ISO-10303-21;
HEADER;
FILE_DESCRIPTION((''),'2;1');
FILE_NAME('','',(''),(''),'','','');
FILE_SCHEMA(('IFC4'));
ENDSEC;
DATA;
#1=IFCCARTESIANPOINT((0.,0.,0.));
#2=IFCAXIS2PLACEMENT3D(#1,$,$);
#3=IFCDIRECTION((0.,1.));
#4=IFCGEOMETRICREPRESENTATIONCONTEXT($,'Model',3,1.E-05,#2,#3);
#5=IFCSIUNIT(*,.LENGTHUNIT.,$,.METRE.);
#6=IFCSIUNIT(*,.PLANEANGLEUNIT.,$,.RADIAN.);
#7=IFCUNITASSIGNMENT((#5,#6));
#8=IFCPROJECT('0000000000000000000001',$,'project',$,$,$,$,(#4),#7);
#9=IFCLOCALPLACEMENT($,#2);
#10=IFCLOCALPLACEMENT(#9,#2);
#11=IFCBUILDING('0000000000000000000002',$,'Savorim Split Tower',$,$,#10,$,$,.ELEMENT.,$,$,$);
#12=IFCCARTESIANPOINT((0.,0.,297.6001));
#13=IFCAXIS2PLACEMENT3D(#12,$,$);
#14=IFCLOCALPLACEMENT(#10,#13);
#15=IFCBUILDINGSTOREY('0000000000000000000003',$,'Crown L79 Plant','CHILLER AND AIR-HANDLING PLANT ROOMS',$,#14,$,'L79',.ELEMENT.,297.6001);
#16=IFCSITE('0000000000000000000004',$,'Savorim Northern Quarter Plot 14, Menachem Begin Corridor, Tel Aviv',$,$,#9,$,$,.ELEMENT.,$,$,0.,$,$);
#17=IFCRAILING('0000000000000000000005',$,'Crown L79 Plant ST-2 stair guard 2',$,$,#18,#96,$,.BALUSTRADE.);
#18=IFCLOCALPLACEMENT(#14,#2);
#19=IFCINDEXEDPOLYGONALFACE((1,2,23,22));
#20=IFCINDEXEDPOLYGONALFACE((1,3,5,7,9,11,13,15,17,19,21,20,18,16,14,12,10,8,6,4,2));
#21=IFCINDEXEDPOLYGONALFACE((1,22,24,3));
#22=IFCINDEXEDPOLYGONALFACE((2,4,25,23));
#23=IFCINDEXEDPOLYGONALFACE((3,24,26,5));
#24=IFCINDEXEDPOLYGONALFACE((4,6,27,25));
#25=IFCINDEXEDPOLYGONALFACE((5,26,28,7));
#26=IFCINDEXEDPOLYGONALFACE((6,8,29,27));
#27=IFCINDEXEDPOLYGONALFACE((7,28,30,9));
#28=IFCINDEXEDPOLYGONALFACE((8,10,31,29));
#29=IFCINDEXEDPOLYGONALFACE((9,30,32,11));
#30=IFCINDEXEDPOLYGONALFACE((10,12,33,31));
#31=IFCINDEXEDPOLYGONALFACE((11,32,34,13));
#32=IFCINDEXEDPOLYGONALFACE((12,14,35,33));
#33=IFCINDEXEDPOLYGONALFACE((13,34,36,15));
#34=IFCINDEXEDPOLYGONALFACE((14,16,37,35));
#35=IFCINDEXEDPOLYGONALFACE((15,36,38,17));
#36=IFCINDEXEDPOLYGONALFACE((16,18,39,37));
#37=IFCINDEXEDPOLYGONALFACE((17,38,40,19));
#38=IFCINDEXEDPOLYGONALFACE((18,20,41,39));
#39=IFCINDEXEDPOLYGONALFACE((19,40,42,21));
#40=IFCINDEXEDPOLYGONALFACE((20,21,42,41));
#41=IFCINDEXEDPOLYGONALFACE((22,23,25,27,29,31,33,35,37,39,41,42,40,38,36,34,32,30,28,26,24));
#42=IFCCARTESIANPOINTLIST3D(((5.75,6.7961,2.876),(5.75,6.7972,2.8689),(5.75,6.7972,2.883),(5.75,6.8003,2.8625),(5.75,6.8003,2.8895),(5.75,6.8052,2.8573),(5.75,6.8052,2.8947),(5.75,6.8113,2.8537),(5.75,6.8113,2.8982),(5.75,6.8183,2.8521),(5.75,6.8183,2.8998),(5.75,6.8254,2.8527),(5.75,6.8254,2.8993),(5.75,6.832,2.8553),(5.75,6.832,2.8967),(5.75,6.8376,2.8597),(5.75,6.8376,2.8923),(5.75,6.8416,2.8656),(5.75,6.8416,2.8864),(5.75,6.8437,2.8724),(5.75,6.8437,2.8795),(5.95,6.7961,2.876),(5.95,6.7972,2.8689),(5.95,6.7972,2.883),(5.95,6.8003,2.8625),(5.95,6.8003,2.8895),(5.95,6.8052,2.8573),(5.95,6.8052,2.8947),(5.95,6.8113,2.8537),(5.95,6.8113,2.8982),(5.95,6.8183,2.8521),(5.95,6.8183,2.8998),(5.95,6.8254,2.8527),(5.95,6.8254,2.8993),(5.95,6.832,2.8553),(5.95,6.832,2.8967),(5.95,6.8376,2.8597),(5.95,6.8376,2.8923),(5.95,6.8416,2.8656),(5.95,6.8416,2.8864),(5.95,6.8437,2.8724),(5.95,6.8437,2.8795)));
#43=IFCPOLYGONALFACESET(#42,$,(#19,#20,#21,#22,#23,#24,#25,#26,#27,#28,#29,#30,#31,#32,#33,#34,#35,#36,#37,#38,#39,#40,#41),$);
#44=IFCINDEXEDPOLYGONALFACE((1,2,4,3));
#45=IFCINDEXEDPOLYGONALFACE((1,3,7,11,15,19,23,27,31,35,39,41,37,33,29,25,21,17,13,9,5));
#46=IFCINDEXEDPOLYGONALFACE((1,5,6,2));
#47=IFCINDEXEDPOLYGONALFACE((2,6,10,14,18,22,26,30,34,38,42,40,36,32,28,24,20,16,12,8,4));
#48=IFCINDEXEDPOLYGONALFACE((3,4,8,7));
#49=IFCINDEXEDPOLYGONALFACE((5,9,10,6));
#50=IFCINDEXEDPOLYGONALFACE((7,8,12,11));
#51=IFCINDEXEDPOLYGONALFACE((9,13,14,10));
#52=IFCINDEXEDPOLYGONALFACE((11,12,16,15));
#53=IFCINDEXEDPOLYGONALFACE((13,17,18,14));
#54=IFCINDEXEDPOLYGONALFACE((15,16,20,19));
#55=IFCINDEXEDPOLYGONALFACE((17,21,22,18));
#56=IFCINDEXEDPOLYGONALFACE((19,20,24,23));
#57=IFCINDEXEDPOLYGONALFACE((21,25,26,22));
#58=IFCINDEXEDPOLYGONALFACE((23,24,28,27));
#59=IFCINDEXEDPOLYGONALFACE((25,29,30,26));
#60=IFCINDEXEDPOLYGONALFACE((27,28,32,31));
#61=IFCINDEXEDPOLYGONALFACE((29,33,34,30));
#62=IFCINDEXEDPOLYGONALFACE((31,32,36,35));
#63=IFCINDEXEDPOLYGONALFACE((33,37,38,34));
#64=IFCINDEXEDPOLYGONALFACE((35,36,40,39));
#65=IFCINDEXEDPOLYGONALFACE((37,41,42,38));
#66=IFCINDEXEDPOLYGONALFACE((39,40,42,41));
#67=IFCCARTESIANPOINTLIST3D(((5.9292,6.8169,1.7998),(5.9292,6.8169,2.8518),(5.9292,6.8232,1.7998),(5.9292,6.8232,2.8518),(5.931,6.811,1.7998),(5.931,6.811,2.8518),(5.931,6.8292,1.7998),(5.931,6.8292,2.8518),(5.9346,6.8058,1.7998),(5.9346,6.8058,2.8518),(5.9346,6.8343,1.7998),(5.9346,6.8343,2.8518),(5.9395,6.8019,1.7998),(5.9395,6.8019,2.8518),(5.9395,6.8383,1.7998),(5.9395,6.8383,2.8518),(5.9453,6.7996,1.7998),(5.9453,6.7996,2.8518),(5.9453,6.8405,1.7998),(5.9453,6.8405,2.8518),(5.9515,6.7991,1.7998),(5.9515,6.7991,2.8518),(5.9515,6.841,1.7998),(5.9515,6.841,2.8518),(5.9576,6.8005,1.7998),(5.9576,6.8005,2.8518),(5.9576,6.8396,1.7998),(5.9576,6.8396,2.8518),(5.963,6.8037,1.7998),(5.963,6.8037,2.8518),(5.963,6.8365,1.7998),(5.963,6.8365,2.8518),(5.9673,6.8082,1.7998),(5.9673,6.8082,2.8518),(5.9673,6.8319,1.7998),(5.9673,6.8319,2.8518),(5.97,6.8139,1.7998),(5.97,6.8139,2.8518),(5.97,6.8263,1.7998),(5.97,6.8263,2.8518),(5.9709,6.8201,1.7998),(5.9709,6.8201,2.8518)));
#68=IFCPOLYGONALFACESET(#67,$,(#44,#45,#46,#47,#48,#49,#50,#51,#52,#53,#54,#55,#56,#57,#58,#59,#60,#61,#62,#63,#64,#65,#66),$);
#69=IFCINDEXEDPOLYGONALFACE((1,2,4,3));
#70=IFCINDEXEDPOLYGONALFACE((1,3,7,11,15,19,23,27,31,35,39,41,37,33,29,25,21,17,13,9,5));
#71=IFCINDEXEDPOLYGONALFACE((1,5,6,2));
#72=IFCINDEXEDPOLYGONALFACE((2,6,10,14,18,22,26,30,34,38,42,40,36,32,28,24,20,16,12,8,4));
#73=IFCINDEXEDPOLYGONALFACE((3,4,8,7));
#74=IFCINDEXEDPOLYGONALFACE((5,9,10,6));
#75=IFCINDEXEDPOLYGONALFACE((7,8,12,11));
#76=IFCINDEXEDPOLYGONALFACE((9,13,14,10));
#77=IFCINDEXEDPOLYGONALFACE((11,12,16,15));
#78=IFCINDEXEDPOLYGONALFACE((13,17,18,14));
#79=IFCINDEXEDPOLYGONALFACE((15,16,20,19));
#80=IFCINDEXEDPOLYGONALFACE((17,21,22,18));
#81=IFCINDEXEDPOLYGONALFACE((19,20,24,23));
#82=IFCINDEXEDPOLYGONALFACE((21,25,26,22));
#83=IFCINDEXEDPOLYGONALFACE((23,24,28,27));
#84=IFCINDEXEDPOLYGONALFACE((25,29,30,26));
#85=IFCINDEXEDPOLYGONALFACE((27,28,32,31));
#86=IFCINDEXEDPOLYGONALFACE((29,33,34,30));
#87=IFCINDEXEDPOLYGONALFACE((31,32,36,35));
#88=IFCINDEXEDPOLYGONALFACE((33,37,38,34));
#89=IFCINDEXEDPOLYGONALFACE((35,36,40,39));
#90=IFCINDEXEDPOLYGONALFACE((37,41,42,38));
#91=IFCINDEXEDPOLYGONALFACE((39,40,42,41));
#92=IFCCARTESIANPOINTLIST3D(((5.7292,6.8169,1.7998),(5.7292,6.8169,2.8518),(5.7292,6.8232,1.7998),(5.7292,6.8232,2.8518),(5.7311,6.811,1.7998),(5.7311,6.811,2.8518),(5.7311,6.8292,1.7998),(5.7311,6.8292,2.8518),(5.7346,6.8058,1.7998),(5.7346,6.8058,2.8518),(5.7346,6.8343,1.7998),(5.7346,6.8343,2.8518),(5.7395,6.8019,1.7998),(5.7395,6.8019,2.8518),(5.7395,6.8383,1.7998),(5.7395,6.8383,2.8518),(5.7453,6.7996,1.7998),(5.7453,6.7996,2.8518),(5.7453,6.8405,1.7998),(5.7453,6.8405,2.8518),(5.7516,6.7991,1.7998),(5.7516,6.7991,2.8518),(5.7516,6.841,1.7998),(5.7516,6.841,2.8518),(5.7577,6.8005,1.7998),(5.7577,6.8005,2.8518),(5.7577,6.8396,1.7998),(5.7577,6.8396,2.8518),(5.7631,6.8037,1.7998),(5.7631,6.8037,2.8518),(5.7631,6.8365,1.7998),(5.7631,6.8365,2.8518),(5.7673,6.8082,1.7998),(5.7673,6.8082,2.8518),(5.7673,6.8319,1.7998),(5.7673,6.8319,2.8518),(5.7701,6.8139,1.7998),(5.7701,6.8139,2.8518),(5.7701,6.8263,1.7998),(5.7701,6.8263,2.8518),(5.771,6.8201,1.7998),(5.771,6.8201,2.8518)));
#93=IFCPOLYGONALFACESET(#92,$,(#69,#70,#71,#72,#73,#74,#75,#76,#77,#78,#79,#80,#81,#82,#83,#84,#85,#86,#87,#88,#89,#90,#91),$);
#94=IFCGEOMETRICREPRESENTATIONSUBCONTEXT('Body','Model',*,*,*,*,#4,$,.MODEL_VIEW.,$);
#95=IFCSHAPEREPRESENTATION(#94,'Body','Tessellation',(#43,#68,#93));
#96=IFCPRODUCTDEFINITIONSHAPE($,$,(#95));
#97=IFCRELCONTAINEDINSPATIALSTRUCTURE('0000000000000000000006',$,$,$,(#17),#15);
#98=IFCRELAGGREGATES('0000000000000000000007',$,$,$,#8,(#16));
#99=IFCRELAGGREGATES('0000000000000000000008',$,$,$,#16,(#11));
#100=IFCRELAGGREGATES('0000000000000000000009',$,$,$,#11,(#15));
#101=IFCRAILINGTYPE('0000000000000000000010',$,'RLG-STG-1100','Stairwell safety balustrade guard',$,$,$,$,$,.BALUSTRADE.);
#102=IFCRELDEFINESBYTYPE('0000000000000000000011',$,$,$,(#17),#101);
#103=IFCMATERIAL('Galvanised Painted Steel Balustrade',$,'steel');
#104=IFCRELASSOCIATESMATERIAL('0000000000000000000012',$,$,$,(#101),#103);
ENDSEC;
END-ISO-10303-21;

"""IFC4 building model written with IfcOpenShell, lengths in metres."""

from ifc_helpers import new_model, si_unit, direction, frame, origin, origin_2d, place, context, subcontext, project, spatial, circle, extrude, material, type_object, element, save


model = new_model("IFC4")

# Units and contexts
model_context = context("Model", 3, precision=1e-05, world=origin(), true_north=direction((0.0, 1.0)))
body_context = subcontext(model_context, "Body", "Model", "MODEL_VIEW")
ifc_project = project(units=[si_unit("LENGTHUNIT", "METRE"), si_unit("PLANEANGLEUNIT", "RADIAN")], contexts=[model_context])

# Site, building, storey
site_placement = place(None, origin())
site = spatial("IfcSite", under=ifc_project, at=site_placement, Name="Savorim Northern Quarter Plot 14, Menachem Begin Corridor, Tel Aviv", CompositionType="ELEMENT", RefElevation=0.0)
building_placement = place(site_placement, origin())
building = spatial("IfcBuilding", under=site, at=building_placement, Name="Savorim Split Tower", CompositionType="ELEMENT")
storey_placement = place(building_placement, frame((0.0, 0.0, 297.6001)))
storey = spatial("IfcBuildingStorey", under=building, at=storey_placement, Name="Crown L79 Plant", Description="CHILLER AND AIR-HANDLING PLANT ROOMS", LongName="L79", CompositionType="ELEMENT", Elevation=297.6001)

# Railing
ifc_material_1 = material(Name="Galvanised Painted Steel Balustrade", Category="steel")
railing_type_1 = type_object("IfcRailingType", Name="RLG-STG-1100", Description="Stairwell safety balustrade guard", PredefinedType="BALUSTRADE", material=ifc_material_1)
railing_1_placement = place(storey_placement, frame((5.95, 6.8201, 1.7998)))
element("IfcRailing", 1, at=railing_1_placement, inside=storey, type_object=railing_type_1, Name="Crown L79 Plant ST-2 stair guard 2", PredefinedType="BALUSTRADE", context=body_context, shape_type="SweptSolid", body=[
    extrude(circle(Radius=0.0239, at=origin_2d()), frame((0.0, 0.0, 1.0762), z_axis=(-1.0, 0.0, 0.0), x_axis=(0.0, -1.0, 0.0)), (0.0, 0.0, 1.0), 0.2),
    extrude(circle(Radius=0.021, at=origin_2d()), origin(), (0.0, 0.0, 1.0), 1.052),
    extrude(circle(Radius=0.021, at=origin_2d()), frame((-0.2, 0.0, 0.0)), (0.0, 0.0, 1.0), 1.052),
])

save(model, "model.ifc")
